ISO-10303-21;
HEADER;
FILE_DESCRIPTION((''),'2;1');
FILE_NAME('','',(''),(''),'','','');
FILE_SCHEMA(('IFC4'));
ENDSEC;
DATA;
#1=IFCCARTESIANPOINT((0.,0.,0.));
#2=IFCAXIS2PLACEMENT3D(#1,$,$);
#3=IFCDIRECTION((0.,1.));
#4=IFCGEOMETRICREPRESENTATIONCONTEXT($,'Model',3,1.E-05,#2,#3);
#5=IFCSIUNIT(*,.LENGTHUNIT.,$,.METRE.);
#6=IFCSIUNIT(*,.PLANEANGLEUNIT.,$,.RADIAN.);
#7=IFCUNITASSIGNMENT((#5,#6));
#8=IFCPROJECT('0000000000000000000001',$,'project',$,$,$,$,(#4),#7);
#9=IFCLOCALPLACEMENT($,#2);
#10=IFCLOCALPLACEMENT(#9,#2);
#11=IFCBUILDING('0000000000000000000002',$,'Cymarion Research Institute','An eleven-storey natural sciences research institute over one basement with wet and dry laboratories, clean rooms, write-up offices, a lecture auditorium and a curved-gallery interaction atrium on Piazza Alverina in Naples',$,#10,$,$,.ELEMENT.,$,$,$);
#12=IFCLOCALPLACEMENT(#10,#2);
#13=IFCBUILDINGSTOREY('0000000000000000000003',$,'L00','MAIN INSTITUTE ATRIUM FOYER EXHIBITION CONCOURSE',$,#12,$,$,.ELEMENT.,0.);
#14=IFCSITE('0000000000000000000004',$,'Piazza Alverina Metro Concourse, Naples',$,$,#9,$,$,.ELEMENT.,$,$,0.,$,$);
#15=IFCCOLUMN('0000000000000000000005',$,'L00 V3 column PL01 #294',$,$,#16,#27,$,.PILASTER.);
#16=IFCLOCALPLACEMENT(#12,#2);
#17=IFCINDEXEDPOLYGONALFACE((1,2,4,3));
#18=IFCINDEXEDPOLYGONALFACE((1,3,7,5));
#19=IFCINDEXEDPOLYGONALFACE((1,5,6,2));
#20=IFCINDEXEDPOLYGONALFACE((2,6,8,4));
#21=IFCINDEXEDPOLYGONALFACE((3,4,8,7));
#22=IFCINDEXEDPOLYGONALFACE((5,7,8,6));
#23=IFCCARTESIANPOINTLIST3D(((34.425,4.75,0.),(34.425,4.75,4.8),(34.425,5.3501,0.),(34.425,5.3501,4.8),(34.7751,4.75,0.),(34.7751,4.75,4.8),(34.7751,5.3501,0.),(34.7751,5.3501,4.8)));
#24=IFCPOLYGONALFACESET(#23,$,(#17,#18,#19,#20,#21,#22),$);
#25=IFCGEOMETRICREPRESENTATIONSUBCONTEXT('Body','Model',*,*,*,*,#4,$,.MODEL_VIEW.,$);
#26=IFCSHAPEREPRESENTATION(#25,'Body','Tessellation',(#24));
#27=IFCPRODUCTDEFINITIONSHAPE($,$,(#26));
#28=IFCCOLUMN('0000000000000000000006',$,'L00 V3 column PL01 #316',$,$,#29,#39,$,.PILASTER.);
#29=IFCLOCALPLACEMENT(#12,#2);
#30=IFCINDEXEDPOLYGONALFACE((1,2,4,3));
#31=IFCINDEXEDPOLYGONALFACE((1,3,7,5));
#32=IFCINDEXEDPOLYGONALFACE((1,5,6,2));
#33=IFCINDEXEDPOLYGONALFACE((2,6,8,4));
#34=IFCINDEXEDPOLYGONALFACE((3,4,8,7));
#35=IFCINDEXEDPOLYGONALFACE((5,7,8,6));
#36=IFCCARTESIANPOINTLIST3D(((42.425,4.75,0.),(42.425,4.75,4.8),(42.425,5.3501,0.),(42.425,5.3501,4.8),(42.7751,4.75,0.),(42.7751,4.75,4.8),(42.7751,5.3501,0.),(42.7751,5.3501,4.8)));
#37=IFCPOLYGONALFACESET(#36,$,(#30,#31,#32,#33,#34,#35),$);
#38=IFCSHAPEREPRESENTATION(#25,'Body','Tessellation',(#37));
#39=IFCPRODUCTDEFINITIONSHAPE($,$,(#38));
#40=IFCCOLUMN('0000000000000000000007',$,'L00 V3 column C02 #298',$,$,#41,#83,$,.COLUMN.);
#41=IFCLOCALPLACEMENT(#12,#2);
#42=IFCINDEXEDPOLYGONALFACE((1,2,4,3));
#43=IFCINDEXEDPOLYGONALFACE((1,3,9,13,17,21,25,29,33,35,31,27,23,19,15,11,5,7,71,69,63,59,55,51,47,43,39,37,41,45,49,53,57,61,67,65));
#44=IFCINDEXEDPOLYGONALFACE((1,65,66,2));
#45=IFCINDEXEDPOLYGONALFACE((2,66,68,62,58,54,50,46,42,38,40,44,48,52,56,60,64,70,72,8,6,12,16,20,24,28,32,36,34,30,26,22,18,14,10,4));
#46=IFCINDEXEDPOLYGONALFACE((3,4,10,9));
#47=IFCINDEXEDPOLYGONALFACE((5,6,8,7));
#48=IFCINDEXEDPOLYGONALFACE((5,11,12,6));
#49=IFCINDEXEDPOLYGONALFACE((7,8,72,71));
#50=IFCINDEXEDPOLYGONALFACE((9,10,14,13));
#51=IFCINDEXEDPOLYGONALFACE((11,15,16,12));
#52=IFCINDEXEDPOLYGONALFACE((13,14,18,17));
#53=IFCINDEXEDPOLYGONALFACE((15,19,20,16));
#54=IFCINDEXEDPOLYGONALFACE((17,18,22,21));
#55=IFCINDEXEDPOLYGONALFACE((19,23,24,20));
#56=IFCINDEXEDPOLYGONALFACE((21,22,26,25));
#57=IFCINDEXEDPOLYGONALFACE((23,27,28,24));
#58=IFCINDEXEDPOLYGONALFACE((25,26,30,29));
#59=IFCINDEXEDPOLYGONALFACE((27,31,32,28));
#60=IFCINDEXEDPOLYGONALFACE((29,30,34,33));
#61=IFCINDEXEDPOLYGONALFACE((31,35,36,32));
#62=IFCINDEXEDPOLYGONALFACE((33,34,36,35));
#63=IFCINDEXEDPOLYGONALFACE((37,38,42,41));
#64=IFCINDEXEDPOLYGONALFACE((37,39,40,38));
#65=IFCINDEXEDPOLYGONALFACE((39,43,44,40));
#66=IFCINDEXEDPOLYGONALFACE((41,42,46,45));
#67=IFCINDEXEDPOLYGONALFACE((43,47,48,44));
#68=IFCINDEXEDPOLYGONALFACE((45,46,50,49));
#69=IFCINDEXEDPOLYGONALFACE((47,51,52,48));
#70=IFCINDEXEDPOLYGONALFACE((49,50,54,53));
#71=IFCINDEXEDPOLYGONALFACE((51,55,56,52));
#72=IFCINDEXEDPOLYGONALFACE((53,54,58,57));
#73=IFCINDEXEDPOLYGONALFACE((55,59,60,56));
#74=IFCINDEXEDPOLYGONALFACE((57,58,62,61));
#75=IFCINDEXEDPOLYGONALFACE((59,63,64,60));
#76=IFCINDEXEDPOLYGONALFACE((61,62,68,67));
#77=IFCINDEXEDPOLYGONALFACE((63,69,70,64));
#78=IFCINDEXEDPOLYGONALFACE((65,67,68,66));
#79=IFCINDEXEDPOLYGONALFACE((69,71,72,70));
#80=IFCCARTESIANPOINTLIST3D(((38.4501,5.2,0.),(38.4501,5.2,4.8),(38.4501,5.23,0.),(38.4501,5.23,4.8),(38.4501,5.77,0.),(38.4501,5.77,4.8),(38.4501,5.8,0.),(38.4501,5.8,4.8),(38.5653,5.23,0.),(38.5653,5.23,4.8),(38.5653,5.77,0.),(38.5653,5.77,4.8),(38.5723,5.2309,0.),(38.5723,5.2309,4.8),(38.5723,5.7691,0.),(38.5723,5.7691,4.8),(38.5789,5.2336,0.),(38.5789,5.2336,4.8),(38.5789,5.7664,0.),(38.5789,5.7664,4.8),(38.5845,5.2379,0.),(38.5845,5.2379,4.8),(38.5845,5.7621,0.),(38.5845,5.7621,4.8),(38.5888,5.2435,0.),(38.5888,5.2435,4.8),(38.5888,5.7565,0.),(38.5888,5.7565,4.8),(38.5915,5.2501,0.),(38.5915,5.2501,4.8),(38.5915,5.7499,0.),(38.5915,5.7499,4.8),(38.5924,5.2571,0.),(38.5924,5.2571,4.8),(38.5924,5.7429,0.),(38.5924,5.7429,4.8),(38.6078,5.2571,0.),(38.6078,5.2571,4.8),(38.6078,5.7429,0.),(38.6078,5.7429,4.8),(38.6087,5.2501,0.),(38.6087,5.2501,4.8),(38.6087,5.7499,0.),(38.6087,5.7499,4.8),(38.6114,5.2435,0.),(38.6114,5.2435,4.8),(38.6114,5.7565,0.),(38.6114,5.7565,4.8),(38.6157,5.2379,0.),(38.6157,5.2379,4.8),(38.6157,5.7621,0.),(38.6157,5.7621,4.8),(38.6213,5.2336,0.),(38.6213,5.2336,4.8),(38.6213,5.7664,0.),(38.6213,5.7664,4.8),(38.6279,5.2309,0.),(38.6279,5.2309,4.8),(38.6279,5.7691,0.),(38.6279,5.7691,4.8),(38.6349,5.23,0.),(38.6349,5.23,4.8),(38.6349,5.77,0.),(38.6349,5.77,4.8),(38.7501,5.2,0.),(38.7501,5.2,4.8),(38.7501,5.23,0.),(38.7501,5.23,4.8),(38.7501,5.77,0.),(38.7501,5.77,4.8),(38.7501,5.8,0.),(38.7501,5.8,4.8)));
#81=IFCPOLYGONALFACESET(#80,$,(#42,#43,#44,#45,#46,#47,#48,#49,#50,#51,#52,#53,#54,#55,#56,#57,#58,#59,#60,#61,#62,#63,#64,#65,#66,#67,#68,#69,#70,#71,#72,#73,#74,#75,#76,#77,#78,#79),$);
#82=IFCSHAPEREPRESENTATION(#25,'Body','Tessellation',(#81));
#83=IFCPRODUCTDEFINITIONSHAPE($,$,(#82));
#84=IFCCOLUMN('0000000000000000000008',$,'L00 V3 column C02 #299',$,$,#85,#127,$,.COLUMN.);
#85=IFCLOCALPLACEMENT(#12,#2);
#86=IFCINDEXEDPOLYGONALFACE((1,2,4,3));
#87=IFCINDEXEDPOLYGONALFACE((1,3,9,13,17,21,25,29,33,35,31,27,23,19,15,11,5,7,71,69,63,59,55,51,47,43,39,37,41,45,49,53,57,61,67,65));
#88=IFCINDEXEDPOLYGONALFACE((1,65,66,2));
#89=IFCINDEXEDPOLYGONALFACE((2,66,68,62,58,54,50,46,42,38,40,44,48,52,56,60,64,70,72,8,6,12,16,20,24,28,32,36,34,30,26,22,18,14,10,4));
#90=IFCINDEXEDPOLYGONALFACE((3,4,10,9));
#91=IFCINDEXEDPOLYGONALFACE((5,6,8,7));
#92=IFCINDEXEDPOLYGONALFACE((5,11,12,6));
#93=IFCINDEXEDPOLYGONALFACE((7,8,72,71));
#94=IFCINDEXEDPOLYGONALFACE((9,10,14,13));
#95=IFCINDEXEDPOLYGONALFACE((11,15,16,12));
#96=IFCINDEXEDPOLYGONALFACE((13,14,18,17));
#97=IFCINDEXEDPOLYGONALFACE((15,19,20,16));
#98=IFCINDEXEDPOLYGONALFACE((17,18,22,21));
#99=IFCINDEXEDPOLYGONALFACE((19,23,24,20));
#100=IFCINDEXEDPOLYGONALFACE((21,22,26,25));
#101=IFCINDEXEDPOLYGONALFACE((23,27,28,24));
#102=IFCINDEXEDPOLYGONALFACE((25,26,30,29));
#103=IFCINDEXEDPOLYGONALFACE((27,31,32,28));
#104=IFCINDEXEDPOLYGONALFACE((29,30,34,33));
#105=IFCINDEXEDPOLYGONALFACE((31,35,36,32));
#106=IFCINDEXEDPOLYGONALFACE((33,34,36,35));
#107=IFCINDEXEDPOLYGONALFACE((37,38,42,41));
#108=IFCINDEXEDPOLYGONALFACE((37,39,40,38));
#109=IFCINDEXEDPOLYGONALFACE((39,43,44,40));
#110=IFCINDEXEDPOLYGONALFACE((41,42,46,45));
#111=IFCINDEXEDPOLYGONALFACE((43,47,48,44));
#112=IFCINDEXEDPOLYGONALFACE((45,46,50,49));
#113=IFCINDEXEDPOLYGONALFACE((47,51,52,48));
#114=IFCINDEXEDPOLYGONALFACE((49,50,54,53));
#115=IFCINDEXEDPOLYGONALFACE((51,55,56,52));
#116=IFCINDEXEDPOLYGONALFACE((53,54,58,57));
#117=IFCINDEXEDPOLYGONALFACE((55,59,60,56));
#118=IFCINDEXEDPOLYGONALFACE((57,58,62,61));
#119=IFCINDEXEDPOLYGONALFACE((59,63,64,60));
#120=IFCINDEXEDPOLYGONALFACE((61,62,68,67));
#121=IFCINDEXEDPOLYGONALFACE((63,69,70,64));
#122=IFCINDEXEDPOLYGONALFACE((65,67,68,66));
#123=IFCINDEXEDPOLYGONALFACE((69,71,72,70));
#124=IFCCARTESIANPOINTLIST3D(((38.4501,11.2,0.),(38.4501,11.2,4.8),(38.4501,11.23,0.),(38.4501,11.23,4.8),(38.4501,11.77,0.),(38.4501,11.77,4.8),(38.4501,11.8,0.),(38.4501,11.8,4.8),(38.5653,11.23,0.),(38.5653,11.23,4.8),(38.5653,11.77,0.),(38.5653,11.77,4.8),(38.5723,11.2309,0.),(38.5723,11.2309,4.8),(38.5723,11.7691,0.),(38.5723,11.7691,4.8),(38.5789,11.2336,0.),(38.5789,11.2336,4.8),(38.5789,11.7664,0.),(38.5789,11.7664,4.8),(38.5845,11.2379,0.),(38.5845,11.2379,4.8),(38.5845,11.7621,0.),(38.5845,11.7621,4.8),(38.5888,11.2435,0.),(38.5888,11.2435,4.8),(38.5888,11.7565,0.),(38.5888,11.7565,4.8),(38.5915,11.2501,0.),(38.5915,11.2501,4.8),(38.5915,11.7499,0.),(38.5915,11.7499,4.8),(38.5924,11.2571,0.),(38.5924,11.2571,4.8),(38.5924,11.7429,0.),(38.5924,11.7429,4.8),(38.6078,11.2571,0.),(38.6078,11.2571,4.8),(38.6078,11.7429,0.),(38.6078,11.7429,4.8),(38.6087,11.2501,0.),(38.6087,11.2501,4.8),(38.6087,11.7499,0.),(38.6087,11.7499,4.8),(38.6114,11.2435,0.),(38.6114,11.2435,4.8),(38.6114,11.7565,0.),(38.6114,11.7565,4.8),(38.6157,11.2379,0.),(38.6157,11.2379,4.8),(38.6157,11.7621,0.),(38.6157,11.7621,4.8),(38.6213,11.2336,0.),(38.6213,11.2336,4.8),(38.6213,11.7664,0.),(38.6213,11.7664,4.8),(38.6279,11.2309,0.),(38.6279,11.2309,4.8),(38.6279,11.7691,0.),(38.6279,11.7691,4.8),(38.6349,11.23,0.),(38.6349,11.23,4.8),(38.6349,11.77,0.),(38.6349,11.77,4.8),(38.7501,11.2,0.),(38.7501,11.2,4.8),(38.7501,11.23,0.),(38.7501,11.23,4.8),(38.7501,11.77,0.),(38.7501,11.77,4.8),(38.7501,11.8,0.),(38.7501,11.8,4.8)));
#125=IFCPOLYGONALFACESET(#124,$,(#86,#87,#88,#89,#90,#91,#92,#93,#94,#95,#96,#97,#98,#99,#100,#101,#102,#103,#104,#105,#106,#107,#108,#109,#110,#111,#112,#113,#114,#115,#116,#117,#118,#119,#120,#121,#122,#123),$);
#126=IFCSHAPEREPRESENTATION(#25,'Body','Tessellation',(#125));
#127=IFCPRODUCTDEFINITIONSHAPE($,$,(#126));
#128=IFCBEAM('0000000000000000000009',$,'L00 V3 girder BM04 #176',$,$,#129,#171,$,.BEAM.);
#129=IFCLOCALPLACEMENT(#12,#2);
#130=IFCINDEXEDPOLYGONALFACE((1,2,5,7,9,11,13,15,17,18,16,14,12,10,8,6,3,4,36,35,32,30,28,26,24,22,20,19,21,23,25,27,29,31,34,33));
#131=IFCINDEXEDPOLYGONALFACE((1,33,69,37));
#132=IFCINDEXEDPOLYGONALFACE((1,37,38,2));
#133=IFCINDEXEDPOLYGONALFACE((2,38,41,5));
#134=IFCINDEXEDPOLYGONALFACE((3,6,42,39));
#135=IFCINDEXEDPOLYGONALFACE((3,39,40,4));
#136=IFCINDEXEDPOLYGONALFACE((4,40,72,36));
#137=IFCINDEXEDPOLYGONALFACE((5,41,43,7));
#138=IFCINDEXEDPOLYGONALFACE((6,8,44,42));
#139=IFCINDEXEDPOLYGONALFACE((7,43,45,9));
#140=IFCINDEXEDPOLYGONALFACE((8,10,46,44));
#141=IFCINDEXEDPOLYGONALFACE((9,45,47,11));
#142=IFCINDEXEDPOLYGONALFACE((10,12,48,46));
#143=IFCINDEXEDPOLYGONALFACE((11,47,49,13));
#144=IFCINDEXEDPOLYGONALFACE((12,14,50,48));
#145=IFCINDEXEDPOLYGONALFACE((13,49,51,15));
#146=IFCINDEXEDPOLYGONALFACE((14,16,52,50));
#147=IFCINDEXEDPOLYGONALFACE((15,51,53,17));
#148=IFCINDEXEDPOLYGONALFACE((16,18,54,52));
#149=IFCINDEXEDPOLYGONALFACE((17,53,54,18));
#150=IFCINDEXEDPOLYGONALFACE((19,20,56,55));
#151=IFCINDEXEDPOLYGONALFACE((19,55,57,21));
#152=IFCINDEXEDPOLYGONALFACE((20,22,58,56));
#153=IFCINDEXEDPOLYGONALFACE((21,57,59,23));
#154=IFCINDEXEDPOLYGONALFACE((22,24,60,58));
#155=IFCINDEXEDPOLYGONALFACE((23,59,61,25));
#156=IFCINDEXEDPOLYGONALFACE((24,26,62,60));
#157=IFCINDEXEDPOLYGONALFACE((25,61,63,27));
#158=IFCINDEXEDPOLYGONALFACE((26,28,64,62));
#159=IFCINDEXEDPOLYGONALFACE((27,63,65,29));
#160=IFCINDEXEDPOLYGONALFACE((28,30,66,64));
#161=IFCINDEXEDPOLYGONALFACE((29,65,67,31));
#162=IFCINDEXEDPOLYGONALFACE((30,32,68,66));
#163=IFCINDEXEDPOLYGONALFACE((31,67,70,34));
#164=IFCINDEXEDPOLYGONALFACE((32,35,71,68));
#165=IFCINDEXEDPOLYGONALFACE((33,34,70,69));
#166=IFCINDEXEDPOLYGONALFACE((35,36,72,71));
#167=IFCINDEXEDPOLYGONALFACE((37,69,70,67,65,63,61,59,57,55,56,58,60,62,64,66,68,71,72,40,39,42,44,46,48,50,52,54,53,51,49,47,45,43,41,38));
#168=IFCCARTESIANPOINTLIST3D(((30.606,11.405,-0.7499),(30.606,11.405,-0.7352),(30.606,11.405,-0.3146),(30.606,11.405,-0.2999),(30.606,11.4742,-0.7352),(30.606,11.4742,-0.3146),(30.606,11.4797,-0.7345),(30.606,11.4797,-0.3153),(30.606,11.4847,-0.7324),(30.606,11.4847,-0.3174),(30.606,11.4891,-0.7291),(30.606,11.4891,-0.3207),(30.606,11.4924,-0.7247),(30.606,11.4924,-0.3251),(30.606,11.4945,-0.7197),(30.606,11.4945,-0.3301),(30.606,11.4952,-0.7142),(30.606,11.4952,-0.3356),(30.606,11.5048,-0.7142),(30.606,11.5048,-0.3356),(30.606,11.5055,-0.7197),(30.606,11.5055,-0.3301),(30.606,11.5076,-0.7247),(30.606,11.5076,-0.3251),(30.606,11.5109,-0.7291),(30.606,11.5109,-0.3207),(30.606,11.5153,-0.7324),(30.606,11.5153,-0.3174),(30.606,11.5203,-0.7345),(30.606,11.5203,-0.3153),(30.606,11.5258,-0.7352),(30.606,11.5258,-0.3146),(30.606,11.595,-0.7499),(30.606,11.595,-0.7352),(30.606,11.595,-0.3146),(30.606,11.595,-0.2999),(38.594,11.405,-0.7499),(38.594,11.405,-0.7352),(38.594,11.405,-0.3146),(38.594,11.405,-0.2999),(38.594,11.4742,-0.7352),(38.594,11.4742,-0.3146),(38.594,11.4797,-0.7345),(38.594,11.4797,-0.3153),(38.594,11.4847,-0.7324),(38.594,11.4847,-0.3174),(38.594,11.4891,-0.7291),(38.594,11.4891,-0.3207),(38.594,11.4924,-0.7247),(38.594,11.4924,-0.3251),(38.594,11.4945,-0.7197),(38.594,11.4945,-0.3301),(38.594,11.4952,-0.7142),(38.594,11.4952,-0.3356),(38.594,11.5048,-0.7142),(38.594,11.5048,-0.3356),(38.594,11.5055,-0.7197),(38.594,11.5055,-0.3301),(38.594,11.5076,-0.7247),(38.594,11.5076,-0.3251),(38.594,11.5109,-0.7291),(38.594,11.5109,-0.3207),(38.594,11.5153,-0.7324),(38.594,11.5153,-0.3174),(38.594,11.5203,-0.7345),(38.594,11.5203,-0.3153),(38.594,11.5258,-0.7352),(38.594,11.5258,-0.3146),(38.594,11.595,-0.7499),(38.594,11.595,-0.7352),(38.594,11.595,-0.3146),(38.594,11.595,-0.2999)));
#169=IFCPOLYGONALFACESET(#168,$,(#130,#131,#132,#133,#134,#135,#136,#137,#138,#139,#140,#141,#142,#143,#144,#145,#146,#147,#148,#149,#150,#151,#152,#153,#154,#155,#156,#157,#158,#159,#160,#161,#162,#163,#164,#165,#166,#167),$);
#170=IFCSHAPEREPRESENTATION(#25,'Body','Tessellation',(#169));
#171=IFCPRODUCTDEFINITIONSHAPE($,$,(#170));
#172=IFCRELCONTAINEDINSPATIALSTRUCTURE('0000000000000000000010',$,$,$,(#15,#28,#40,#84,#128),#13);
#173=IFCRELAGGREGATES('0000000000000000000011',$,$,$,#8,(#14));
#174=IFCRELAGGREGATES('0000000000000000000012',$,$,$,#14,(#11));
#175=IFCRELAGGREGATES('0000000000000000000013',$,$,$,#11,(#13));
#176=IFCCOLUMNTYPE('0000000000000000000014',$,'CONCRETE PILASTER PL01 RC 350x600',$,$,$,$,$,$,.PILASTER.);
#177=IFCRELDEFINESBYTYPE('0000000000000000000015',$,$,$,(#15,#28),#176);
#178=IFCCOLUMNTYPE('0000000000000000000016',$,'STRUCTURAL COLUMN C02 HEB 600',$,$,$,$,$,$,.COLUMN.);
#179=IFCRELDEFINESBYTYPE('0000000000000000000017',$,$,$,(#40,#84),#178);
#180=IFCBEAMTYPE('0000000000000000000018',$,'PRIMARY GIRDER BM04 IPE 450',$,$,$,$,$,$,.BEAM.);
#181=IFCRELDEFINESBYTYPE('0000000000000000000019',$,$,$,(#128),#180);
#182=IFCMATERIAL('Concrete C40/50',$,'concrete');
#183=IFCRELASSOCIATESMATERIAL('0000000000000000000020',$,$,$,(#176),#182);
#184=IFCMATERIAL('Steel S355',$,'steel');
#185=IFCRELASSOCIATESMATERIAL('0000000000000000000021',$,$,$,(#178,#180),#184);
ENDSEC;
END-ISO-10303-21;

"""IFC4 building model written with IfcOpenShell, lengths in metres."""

from ifc_helpers import new_model, si_unit, direction, frame, origin, origin_2d, place, context, subcontext, project, spatial, rectangle, i_section, extrude, material, material_profile, profile_set, type_object, element, save


model = new_model("IFC4")

# Units and contexts
model_context = context("Model", 3, precision=1e-05, world=origin(), true_north=direction((0.0, 1.0)))
body_context = subcontext(model_context, "Body", "Model", "MODEL_VIEW")
ifc_project = project(units=[si_unit("LENGTHUNIT", "METRE"), si_unit("PLANEANGLEUNIT", "RADIAN")], contexts=[model_context])

# Site, building, storey
site_placement = place(None, origin())
site = spatial("IfcSite", under=ifc_project, at=site_placement, Name="Piazza Alverina Metro Concourse, Naples", CompositionType="ELEMENT", RefElevation=0.0)
building_placement = place(site_placement, origin())
building = spatial("IfcBuilding", under=site, at=building_placement, Name="Cymarion Research Institute", Description="An eleven-storey natural sciences research institute over one basement with wet and dry laboratories, clean rooms, write-up offices, a lecture auditorium and a curved-gallery interaction atrium on Piazza Alverina in Naples", CompositionType="ELEMENT")
storey_placement = place(building_placement, origin())
storey = spatial("IfcBuildingStorey", under=building, at=storey_placement, Name="L00", Description="MAIN INSTITUTE ATRIUM FOYER EXHIBITION CONCOURSE", CompositionType="ELEMENT", Elevation=0.0)

# Columns
ifc_material_1 = material(Name="Concrete C40/50", Category="concrete")
ifc_material_profile_1 = material_profile(ifc_material_1, rectangle(XDim=0.3501, YDim=0.6001, at=origin_2d()), Name="RC 350x600")
ifc_profile_set_1 = profile_set([ifc_material_profile_1], Name="Concrete C40/50")
column_type_1 = type_object("IfcColumnType", Name="CONCRETE PILASTER PL01 RC 350x600", PredefinedType="PILASTER", material=ifc_profile_set_1)
for number, where, z_axis, x_axis, name in (
    (1, (34.6001, 5.05, 0.0), (0.0, 0.0, 1.0), (1.0, 0.0, 0.0), "L00 V3 column PL01 #294"),
    (2, (42.6001, 5.05, 0.0), (0.0, 0.0, 1.0), (1.0, 0.0, 0.0), "L00 V3 column PL01 #316"),
):
    element("IfcColumn", number, at=place(storey_placement, frame(where, z_axis=z_axis, x_axis=x_axis)), inside=storey, type_object=column_type_1, Name=name, PredefinedType="PILASTER", context=body_context, shape_type="SweptSolid", body=[
        extrude(rectangle(XDim=0.3501, YDim=0.6001, at=origin_2d()), origin(), (0.0, 0.0, 1.0), 4.8),
    ])
ifc_material_2 = material(Name="Steel S355", Category="steel")
ifc_material_profile_2 = material_profile(ifc_material_2, i_section(OverallWidth=0.3, OverallDepth=0.6001, WebThickness=0.0154, FlangeThickness=0.03, FilletRadius=0.0271, at=origin_2d()), Name="HEB 600")
ifc_profile_set_2 = profile_set([ifc_material_profile_2], Name="Steel S355")
column_type_2 = type_object("IfcColumnType", Name="STRUCTURAL COLUMN C02 HEB 600", PredefinedType="COLUMN", material=ifc_profile_set_2)
for number, where, z_axis, x_axis, name in (
    (3, (38.6001, 5.5, 0.0), (0.0, 0.0, 1.0), (1.0, 0.0, 0.0), "L00 V3 column C02 #298"),
    (4, (38.6001, 11.5, 0.0), (0.0, 0.0, 1.0), (1.0, 0.0, 0.0), "L00 V3 column C02 #299"),
):
    element("IfcColumn", number, at=place(storey_placement, frame(where, z_axis=z_axis, x_axis=x_axis)), inside=storey, type_object=column_type_2, Name=name, PredefinedType="COLUMN", context=body_context, shape_type="SweptSolid", body=[
        extrude(i_section(OverallWidth=0.3, OverallDepth=0.6001, WebThickness=0.0154, FlangeThickness=0.03, FilletRadius=0.0271, at=origin_2d()), origin(), (0.0, 0.0, 1.0), 4.8),
    ])

# Beam
ifc_material_profile_3 = material_profile(ifc_material_2, i_section(OverallWidth=0.1899, OverallDepth=0.45, WebThickness=0.0095, FlangeThickness=0.0146, FilletRadius=0.021, at=origin_2d()), Name="IPE 450")
ifc_profile_set_3 = profile_set([ifc_material_profile_3], Name="Steel S355")
beam_type_1 = type_object("IfcBeamType", Name="PRIMARY GIRDER BM04 IPE 450", PredefinedType="BEAM", material=ifc_profile_set_3)
for number, where, z_axis, x_axis, name in (
    (5, (30.606, 11.5, -0.5249), (1.0, 0.0, 0.0), (0.0, 1.0, 0.0), "L00 V3 girder BM04 #176"),
):
    element("IfcBeam", number, at=place(storey_placement, frame(where, z_axis=z_axis, x_axis=x_axis)), inside=storey, type_object=beam_type_1, Name=name, PredefinedType="BEAM", context=body_context, shape_type="SweptSolid", body=[
        extrude(i_section(OverallWidth=0.1899, OverallDepth=0.45, WebThickness=0.0095, FlangeThickness=0.0146, FilletRadius=0.021, at=origin_2d()), origin(), (0.0, 0.0, 1.0), 7.988),
    ])

save(model, "model.ifc")
